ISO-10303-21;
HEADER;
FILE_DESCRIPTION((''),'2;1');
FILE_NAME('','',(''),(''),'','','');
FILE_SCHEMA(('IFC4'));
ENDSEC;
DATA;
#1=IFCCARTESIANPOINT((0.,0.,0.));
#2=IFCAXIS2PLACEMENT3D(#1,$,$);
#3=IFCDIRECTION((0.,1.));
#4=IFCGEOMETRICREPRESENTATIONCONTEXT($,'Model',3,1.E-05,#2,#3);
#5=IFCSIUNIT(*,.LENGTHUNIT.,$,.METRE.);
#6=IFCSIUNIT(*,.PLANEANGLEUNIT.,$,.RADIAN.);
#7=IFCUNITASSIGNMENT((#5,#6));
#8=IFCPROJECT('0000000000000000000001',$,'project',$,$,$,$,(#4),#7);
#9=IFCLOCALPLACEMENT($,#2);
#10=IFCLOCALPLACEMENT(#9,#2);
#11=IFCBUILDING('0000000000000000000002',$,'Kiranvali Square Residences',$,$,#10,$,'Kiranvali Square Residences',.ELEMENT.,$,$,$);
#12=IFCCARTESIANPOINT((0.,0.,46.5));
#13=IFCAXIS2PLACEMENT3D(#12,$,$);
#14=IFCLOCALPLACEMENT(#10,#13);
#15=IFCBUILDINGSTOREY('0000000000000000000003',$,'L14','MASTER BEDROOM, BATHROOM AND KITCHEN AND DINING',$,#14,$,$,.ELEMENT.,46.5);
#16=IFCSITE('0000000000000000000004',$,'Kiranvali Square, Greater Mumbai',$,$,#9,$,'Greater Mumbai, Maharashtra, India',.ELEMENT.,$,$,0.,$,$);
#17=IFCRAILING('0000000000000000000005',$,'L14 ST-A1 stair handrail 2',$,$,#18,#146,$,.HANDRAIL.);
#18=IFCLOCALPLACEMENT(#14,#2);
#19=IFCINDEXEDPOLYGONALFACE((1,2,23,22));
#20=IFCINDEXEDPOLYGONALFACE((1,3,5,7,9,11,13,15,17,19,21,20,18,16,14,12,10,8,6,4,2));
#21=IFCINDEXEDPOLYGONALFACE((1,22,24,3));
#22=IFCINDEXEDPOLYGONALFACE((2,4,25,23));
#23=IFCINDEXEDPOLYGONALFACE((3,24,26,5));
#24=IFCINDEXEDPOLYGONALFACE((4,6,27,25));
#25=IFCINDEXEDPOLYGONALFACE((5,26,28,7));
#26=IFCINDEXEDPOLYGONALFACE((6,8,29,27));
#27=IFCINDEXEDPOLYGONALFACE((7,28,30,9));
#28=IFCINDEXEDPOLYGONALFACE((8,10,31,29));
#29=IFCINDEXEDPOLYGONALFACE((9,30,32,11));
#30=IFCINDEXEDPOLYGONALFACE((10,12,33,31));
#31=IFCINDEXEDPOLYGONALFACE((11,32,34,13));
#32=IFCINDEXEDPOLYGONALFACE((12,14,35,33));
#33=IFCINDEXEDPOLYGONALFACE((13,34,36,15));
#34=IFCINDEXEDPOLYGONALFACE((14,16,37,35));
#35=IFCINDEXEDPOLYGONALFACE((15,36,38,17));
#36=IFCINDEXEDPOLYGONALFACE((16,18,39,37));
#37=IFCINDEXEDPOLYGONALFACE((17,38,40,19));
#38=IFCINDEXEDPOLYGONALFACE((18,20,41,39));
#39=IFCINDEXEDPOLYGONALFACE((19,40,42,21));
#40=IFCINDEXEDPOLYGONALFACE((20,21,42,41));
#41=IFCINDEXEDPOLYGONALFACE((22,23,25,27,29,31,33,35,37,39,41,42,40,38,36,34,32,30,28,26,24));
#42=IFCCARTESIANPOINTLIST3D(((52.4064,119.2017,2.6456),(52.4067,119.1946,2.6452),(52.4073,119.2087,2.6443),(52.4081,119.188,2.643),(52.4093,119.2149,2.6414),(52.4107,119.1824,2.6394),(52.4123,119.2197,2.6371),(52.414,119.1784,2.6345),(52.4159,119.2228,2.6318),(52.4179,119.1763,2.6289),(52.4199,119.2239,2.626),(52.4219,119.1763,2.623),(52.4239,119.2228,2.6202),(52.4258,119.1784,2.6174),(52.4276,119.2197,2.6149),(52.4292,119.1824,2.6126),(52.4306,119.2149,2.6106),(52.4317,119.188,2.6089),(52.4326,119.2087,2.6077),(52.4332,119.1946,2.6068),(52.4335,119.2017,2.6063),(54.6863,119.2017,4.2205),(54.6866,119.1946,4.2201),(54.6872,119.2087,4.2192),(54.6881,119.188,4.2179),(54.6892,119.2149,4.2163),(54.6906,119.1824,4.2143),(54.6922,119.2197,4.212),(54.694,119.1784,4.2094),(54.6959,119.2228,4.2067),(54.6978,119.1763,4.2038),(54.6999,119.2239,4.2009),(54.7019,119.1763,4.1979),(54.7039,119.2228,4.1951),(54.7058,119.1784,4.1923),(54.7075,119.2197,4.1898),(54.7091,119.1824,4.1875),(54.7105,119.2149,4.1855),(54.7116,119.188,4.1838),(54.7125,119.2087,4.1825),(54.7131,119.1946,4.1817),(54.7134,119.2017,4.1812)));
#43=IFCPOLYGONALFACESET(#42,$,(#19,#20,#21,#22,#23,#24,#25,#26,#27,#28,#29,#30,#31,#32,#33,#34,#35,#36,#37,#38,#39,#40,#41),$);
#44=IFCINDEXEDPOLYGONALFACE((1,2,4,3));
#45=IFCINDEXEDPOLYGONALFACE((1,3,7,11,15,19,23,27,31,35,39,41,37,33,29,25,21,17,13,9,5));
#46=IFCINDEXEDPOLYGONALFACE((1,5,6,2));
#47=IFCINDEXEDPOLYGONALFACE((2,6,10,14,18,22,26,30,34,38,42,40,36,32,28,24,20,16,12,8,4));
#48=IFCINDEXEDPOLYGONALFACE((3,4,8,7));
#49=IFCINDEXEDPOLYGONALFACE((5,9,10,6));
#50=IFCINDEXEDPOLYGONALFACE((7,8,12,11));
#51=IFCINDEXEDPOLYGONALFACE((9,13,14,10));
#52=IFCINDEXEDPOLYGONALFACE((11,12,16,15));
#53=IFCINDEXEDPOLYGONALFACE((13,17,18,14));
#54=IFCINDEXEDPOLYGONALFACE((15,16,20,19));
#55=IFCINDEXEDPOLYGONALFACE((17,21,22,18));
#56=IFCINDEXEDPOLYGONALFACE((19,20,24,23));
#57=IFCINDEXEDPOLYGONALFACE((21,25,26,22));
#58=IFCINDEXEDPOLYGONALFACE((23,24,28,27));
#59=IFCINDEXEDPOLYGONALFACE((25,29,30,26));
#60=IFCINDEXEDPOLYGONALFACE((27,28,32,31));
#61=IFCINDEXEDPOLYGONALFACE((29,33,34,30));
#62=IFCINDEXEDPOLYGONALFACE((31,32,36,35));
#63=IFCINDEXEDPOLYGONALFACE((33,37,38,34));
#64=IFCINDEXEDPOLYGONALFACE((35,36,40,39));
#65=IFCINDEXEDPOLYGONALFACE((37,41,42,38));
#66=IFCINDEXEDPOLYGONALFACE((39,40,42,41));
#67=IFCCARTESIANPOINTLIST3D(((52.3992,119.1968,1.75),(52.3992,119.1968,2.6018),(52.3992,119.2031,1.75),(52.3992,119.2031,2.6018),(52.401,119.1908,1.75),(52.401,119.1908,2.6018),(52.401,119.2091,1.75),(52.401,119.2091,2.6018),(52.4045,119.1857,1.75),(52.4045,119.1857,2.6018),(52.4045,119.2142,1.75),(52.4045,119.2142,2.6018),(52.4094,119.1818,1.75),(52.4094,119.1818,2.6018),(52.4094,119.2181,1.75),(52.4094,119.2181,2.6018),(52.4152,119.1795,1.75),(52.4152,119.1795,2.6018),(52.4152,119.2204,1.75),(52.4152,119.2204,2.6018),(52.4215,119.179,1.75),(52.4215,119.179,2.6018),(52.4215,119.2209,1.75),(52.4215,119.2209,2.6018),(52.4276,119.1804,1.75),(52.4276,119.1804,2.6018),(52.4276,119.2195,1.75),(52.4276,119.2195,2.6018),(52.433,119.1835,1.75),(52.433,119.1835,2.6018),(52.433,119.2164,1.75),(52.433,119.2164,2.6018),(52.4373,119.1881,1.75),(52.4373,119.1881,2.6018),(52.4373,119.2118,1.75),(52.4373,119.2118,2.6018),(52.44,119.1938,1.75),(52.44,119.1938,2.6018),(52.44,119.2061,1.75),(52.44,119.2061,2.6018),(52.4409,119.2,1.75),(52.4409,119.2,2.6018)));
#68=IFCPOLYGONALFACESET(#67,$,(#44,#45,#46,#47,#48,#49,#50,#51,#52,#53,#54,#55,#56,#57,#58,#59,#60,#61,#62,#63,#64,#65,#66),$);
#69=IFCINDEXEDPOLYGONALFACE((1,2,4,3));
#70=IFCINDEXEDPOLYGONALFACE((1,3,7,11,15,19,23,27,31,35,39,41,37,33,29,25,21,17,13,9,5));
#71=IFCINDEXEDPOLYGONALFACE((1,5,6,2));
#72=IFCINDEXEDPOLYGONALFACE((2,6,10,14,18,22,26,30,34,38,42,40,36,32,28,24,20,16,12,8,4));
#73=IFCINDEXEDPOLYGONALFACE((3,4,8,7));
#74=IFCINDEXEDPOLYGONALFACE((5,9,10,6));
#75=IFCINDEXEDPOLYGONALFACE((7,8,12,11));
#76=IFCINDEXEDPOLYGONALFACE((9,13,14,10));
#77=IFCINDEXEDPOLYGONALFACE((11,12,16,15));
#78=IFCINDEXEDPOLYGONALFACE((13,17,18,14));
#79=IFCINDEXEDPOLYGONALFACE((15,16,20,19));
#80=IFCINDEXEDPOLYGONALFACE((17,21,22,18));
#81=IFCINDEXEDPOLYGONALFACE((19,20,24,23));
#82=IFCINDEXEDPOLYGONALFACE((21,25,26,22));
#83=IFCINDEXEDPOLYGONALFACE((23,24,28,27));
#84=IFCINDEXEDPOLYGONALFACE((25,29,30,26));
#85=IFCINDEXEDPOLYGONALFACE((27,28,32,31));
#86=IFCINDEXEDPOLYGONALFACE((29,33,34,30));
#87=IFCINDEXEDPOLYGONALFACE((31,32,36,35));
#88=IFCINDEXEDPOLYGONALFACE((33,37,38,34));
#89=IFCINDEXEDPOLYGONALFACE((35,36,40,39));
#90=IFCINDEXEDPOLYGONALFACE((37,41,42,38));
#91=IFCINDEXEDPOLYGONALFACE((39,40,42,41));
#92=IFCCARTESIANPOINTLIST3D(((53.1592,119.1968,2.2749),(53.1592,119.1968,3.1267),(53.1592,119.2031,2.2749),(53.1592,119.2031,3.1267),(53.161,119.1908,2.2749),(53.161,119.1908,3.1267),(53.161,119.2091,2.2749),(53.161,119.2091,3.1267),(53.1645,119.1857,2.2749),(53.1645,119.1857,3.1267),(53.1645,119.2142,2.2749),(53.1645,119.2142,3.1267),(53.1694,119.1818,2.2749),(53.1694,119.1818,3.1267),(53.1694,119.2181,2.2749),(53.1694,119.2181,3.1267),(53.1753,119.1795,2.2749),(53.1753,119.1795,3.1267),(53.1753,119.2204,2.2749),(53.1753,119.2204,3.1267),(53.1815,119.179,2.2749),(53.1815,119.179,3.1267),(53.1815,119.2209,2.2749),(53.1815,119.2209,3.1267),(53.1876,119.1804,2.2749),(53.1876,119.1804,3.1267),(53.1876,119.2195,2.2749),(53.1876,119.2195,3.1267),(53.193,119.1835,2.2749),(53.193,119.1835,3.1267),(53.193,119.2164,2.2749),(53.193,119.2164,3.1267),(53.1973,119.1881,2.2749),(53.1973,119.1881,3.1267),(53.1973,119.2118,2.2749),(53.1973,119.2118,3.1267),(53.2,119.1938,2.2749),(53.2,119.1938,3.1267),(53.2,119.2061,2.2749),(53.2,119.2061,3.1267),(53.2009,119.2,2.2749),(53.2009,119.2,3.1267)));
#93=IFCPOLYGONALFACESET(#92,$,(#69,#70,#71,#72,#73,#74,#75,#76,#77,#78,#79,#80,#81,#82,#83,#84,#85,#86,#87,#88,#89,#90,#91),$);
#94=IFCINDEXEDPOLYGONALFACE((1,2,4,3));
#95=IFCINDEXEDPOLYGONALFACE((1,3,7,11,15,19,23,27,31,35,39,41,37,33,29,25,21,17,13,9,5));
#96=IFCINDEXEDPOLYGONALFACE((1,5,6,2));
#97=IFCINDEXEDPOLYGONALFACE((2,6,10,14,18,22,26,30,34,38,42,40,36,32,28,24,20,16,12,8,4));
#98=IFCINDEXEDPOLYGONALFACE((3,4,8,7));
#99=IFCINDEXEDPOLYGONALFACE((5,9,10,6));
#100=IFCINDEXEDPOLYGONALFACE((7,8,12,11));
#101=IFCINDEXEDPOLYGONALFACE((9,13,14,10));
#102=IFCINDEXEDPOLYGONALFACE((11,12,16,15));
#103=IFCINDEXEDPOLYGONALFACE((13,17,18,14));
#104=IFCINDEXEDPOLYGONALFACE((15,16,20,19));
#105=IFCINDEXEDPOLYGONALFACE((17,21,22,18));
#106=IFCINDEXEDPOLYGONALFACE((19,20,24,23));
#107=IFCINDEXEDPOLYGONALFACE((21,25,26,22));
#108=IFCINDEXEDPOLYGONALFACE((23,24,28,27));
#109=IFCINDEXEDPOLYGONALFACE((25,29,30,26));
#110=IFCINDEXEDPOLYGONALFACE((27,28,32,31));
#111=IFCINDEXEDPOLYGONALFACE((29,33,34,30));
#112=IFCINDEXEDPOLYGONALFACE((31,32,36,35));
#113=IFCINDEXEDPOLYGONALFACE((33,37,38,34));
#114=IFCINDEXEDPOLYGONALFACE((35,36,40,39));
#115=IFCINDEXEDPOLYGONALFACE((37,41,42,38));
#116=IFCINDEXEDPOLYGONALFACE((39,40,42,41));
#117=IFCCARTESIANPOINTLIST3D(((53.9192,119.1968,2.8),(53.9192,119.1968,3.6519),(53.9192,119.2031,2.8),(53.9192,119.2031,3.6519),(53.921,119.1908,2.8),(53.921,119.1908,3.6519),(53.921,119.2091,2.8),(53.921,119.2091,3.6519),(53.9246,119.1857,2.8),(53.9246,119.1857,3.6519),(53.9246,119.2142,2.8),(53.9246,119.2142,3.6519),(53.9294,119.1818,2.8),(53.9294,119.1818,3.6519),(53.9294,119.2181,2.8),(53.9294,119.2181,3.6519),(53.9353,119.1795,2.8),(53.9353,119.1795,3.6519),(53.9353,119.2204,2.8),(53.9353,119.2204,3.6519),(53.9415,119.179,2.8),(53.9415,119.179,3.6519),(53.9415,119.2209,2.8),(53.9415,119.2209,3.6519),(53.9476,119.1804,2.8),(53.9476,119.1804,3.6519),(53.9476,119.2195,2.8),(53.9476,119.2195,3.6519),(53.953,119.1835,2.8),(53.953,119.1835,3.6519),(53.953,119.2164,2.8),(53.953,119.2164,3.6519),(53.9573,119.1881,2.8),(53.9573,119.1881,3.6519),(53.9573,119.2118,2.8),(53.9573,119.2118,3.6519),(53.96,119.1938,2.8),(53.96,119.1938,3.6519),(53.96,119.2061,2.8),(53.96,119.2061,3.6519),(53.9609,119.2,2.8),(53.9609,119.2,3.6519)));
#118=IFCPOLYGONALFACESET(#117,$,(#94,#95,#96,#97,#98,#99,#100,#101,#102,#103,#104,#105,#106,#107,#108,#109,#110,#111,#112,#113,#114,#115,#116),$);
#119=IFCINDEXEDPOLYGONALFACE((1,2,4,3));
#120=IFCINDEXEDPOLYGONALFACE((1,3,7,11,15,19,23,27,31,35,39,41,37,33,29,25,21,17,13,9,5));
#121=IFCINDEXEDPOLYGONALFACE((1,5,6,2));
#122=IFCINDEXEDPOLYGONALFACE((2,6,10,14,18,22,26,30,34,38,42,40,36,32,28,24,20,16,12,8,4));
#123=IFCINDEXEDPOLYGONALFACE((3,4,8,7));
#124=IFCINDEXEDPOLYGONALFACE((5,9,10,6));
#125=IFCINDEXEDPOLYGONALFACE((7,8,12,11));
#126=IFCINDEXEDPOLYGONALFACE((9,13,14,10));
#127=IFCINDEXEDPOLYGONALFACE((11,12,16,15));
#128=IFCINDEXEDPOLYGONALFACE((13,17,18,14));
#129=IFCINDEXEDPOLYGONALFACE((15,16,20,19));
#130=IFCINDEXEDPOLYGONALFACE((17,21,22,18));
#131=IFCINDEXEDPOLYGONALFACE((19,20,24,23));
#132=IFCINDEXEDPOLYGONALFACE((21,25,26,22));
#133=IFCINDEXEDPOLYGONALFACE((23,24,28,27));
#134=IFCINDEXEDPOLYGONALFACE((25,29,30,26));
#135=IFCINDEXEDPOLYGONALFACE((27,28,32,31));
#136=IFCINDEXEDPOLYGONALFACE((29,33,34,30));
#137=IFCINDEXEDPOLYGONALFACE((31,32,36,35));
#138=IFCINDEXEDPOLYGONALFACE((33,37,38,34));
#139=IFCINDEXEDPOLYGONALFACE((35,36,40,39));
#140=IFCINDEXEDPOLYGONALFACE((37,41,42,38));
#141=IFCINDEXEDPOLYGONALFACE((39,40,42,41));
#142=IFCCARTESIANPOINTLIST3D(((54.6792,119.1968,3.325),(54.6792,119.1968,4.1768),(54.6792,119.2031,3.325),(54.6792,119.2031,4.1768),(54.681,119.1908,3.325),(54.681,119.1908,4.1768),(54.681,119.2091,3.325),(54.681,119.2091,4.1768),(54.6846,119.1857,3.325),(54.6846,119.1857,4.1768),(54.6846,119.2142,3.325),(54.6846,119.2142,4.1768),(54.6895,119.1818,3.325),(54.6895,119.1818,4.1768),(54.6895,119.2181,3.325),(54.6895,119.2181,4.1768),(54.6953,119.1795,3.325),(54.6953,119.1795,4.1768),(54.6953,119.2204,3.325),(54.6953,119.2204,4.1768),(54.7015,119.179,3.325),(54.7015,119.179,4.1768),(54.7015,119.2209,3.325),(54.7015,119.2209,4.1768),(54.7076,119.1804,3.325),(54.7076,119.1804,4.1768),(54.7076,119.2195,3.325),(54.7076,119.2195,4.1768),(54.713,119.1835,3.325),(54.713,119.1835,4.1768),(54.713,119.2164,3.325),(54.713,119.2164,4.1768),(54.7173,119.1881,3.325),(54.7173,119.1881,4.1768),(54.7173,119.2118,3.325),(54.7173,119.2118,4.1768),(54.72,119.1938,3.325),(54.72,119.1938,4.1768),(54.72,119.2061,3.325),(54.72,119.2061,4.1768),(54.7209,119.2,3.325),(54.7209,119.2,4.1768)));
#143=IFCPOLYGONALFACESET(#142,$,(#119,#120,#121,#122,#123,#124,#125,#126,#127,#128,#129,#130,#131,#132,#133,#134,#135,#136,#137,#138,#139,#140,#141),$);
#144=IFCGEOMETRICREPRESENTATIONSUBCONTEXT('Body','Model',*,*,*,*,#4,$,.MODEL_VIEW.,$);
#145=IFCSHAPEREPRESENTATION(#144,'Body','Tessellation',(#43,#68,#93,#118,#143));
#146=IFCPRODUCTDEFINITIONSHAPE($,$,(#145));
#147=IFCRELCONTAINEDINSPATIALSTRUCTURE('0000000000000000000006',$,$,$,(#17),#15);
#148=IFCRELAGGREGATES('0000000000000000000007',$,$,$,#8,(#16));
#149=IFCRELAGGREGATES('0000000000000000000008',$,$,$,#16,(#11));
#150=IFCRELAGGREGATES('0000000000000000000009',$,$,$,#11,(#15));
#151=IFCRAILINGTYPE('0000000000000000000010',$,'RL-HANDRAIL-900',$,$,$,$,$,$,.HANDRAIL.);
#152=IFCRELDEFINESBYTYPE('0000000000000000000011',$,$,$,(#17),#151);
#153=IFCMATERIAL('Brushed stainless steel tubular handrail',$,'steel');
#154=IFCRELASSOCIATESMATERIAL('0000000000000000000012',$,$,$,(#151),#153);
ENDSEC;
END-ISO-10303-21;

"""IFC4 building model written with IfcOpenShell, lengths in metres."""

from ifc_helpers import new_model, si_unit, direction, frame, origin, origin_2d, place, context, subcontext, project, spatial, circle, extrude, material, type_object, element, save


model = new_model("IFC4")

# Units and contexts
model_context = context("Model", 3, precision=1e-05, world=origin(), true_north=direction((0.0, 1.0)))
body_context = subcontext(model_context, "Body", "Model", "MODEL_VIEW")
ifc_project = project(units=[si_unit("LENGTHUNIT", "METRE"), si_unit("PLANEANGLEUNIT", "RADIAN")], contexts=[model_context])

# Site, building, storey
site_placement = place(None, origin())
site = spatial("IfcSite", under=ifc_project, at=site_placement, Name="Kiranvali Square, Greater Mumbai", LongName="Greater Mumbai, Maharashtra, India", CompositionType="ELEMENT", RefElevation=0.0)
building_placement = place(site_placement, origin())
building = spatial("IfcBuilding", under=site, at=building_placement, Name="Kiranvali Square Residences", LongName="Kiranvali Square Residences", CompositionType="ELEMENT")
storey_placement = place(building_placement, frame((0.0, 0.0, 46.5)))
storey = spatial("IfcBuildingStorey", under=building, at=storey_placement, Name="L14", Description="MASTER BEDROOM, BATHROOM AND KITCHEN AND DINING", CompositionType="ELEMENT", Elevation=46.5)

# Railing
ifc_material_1 = material(Name="Brushed stainless steel tubular handrail", Category="steel")
railing_type_1 = type_object("IfcRailingType", Name="RL-HANDRAIL-900", PredefinedType="HANDRAIL", material=ifc_material_1)
railing_1_placement = place(storey_placement, frame((52.4199, 119.2, 1.75)))
element("IfcRailing", 1, at=railing_1_placement, inside=storey, type_object=railing_type_1, Name="L14 ST-A1 stair handrail 2", PredefinedType="HANDRAIL", context=body_context, shape_type="SweptSolid", body=[
    extrude(circle(Radius=0.0239, at=origin_2d()), frame((0.0, 0.0, 0.876), z_axis=(0.822788, 0.0, 0.568348), x_axis=(0.0, 1.0, 0.0)), (0.0, 0.0, 1.0), 2.771),
    extrude(circle(Radius=0.021, at=origin_2d()), origin(), (0.0, 0.0, 1.0), 0.8518),
    extrude(circle(Radius=0.021, at=origin_2d()), frame((0.76, 0.0, 0.5249)), (0.0, 0.0, 1.0), 0.8518),
    extrude(circle(Radius=0.021, at=origin_2d()), frame((1.52, 0.0, 1.05)), (0.0, 0.0, 1.0), 0.8518),
    extrude(circle(Radius=0.021, at=origin_2d()), frame((2.28, 0.0, 1.575)), (0.0, 0.0, 1.0), 0.8518),
])

save(model, "model.ifc")
